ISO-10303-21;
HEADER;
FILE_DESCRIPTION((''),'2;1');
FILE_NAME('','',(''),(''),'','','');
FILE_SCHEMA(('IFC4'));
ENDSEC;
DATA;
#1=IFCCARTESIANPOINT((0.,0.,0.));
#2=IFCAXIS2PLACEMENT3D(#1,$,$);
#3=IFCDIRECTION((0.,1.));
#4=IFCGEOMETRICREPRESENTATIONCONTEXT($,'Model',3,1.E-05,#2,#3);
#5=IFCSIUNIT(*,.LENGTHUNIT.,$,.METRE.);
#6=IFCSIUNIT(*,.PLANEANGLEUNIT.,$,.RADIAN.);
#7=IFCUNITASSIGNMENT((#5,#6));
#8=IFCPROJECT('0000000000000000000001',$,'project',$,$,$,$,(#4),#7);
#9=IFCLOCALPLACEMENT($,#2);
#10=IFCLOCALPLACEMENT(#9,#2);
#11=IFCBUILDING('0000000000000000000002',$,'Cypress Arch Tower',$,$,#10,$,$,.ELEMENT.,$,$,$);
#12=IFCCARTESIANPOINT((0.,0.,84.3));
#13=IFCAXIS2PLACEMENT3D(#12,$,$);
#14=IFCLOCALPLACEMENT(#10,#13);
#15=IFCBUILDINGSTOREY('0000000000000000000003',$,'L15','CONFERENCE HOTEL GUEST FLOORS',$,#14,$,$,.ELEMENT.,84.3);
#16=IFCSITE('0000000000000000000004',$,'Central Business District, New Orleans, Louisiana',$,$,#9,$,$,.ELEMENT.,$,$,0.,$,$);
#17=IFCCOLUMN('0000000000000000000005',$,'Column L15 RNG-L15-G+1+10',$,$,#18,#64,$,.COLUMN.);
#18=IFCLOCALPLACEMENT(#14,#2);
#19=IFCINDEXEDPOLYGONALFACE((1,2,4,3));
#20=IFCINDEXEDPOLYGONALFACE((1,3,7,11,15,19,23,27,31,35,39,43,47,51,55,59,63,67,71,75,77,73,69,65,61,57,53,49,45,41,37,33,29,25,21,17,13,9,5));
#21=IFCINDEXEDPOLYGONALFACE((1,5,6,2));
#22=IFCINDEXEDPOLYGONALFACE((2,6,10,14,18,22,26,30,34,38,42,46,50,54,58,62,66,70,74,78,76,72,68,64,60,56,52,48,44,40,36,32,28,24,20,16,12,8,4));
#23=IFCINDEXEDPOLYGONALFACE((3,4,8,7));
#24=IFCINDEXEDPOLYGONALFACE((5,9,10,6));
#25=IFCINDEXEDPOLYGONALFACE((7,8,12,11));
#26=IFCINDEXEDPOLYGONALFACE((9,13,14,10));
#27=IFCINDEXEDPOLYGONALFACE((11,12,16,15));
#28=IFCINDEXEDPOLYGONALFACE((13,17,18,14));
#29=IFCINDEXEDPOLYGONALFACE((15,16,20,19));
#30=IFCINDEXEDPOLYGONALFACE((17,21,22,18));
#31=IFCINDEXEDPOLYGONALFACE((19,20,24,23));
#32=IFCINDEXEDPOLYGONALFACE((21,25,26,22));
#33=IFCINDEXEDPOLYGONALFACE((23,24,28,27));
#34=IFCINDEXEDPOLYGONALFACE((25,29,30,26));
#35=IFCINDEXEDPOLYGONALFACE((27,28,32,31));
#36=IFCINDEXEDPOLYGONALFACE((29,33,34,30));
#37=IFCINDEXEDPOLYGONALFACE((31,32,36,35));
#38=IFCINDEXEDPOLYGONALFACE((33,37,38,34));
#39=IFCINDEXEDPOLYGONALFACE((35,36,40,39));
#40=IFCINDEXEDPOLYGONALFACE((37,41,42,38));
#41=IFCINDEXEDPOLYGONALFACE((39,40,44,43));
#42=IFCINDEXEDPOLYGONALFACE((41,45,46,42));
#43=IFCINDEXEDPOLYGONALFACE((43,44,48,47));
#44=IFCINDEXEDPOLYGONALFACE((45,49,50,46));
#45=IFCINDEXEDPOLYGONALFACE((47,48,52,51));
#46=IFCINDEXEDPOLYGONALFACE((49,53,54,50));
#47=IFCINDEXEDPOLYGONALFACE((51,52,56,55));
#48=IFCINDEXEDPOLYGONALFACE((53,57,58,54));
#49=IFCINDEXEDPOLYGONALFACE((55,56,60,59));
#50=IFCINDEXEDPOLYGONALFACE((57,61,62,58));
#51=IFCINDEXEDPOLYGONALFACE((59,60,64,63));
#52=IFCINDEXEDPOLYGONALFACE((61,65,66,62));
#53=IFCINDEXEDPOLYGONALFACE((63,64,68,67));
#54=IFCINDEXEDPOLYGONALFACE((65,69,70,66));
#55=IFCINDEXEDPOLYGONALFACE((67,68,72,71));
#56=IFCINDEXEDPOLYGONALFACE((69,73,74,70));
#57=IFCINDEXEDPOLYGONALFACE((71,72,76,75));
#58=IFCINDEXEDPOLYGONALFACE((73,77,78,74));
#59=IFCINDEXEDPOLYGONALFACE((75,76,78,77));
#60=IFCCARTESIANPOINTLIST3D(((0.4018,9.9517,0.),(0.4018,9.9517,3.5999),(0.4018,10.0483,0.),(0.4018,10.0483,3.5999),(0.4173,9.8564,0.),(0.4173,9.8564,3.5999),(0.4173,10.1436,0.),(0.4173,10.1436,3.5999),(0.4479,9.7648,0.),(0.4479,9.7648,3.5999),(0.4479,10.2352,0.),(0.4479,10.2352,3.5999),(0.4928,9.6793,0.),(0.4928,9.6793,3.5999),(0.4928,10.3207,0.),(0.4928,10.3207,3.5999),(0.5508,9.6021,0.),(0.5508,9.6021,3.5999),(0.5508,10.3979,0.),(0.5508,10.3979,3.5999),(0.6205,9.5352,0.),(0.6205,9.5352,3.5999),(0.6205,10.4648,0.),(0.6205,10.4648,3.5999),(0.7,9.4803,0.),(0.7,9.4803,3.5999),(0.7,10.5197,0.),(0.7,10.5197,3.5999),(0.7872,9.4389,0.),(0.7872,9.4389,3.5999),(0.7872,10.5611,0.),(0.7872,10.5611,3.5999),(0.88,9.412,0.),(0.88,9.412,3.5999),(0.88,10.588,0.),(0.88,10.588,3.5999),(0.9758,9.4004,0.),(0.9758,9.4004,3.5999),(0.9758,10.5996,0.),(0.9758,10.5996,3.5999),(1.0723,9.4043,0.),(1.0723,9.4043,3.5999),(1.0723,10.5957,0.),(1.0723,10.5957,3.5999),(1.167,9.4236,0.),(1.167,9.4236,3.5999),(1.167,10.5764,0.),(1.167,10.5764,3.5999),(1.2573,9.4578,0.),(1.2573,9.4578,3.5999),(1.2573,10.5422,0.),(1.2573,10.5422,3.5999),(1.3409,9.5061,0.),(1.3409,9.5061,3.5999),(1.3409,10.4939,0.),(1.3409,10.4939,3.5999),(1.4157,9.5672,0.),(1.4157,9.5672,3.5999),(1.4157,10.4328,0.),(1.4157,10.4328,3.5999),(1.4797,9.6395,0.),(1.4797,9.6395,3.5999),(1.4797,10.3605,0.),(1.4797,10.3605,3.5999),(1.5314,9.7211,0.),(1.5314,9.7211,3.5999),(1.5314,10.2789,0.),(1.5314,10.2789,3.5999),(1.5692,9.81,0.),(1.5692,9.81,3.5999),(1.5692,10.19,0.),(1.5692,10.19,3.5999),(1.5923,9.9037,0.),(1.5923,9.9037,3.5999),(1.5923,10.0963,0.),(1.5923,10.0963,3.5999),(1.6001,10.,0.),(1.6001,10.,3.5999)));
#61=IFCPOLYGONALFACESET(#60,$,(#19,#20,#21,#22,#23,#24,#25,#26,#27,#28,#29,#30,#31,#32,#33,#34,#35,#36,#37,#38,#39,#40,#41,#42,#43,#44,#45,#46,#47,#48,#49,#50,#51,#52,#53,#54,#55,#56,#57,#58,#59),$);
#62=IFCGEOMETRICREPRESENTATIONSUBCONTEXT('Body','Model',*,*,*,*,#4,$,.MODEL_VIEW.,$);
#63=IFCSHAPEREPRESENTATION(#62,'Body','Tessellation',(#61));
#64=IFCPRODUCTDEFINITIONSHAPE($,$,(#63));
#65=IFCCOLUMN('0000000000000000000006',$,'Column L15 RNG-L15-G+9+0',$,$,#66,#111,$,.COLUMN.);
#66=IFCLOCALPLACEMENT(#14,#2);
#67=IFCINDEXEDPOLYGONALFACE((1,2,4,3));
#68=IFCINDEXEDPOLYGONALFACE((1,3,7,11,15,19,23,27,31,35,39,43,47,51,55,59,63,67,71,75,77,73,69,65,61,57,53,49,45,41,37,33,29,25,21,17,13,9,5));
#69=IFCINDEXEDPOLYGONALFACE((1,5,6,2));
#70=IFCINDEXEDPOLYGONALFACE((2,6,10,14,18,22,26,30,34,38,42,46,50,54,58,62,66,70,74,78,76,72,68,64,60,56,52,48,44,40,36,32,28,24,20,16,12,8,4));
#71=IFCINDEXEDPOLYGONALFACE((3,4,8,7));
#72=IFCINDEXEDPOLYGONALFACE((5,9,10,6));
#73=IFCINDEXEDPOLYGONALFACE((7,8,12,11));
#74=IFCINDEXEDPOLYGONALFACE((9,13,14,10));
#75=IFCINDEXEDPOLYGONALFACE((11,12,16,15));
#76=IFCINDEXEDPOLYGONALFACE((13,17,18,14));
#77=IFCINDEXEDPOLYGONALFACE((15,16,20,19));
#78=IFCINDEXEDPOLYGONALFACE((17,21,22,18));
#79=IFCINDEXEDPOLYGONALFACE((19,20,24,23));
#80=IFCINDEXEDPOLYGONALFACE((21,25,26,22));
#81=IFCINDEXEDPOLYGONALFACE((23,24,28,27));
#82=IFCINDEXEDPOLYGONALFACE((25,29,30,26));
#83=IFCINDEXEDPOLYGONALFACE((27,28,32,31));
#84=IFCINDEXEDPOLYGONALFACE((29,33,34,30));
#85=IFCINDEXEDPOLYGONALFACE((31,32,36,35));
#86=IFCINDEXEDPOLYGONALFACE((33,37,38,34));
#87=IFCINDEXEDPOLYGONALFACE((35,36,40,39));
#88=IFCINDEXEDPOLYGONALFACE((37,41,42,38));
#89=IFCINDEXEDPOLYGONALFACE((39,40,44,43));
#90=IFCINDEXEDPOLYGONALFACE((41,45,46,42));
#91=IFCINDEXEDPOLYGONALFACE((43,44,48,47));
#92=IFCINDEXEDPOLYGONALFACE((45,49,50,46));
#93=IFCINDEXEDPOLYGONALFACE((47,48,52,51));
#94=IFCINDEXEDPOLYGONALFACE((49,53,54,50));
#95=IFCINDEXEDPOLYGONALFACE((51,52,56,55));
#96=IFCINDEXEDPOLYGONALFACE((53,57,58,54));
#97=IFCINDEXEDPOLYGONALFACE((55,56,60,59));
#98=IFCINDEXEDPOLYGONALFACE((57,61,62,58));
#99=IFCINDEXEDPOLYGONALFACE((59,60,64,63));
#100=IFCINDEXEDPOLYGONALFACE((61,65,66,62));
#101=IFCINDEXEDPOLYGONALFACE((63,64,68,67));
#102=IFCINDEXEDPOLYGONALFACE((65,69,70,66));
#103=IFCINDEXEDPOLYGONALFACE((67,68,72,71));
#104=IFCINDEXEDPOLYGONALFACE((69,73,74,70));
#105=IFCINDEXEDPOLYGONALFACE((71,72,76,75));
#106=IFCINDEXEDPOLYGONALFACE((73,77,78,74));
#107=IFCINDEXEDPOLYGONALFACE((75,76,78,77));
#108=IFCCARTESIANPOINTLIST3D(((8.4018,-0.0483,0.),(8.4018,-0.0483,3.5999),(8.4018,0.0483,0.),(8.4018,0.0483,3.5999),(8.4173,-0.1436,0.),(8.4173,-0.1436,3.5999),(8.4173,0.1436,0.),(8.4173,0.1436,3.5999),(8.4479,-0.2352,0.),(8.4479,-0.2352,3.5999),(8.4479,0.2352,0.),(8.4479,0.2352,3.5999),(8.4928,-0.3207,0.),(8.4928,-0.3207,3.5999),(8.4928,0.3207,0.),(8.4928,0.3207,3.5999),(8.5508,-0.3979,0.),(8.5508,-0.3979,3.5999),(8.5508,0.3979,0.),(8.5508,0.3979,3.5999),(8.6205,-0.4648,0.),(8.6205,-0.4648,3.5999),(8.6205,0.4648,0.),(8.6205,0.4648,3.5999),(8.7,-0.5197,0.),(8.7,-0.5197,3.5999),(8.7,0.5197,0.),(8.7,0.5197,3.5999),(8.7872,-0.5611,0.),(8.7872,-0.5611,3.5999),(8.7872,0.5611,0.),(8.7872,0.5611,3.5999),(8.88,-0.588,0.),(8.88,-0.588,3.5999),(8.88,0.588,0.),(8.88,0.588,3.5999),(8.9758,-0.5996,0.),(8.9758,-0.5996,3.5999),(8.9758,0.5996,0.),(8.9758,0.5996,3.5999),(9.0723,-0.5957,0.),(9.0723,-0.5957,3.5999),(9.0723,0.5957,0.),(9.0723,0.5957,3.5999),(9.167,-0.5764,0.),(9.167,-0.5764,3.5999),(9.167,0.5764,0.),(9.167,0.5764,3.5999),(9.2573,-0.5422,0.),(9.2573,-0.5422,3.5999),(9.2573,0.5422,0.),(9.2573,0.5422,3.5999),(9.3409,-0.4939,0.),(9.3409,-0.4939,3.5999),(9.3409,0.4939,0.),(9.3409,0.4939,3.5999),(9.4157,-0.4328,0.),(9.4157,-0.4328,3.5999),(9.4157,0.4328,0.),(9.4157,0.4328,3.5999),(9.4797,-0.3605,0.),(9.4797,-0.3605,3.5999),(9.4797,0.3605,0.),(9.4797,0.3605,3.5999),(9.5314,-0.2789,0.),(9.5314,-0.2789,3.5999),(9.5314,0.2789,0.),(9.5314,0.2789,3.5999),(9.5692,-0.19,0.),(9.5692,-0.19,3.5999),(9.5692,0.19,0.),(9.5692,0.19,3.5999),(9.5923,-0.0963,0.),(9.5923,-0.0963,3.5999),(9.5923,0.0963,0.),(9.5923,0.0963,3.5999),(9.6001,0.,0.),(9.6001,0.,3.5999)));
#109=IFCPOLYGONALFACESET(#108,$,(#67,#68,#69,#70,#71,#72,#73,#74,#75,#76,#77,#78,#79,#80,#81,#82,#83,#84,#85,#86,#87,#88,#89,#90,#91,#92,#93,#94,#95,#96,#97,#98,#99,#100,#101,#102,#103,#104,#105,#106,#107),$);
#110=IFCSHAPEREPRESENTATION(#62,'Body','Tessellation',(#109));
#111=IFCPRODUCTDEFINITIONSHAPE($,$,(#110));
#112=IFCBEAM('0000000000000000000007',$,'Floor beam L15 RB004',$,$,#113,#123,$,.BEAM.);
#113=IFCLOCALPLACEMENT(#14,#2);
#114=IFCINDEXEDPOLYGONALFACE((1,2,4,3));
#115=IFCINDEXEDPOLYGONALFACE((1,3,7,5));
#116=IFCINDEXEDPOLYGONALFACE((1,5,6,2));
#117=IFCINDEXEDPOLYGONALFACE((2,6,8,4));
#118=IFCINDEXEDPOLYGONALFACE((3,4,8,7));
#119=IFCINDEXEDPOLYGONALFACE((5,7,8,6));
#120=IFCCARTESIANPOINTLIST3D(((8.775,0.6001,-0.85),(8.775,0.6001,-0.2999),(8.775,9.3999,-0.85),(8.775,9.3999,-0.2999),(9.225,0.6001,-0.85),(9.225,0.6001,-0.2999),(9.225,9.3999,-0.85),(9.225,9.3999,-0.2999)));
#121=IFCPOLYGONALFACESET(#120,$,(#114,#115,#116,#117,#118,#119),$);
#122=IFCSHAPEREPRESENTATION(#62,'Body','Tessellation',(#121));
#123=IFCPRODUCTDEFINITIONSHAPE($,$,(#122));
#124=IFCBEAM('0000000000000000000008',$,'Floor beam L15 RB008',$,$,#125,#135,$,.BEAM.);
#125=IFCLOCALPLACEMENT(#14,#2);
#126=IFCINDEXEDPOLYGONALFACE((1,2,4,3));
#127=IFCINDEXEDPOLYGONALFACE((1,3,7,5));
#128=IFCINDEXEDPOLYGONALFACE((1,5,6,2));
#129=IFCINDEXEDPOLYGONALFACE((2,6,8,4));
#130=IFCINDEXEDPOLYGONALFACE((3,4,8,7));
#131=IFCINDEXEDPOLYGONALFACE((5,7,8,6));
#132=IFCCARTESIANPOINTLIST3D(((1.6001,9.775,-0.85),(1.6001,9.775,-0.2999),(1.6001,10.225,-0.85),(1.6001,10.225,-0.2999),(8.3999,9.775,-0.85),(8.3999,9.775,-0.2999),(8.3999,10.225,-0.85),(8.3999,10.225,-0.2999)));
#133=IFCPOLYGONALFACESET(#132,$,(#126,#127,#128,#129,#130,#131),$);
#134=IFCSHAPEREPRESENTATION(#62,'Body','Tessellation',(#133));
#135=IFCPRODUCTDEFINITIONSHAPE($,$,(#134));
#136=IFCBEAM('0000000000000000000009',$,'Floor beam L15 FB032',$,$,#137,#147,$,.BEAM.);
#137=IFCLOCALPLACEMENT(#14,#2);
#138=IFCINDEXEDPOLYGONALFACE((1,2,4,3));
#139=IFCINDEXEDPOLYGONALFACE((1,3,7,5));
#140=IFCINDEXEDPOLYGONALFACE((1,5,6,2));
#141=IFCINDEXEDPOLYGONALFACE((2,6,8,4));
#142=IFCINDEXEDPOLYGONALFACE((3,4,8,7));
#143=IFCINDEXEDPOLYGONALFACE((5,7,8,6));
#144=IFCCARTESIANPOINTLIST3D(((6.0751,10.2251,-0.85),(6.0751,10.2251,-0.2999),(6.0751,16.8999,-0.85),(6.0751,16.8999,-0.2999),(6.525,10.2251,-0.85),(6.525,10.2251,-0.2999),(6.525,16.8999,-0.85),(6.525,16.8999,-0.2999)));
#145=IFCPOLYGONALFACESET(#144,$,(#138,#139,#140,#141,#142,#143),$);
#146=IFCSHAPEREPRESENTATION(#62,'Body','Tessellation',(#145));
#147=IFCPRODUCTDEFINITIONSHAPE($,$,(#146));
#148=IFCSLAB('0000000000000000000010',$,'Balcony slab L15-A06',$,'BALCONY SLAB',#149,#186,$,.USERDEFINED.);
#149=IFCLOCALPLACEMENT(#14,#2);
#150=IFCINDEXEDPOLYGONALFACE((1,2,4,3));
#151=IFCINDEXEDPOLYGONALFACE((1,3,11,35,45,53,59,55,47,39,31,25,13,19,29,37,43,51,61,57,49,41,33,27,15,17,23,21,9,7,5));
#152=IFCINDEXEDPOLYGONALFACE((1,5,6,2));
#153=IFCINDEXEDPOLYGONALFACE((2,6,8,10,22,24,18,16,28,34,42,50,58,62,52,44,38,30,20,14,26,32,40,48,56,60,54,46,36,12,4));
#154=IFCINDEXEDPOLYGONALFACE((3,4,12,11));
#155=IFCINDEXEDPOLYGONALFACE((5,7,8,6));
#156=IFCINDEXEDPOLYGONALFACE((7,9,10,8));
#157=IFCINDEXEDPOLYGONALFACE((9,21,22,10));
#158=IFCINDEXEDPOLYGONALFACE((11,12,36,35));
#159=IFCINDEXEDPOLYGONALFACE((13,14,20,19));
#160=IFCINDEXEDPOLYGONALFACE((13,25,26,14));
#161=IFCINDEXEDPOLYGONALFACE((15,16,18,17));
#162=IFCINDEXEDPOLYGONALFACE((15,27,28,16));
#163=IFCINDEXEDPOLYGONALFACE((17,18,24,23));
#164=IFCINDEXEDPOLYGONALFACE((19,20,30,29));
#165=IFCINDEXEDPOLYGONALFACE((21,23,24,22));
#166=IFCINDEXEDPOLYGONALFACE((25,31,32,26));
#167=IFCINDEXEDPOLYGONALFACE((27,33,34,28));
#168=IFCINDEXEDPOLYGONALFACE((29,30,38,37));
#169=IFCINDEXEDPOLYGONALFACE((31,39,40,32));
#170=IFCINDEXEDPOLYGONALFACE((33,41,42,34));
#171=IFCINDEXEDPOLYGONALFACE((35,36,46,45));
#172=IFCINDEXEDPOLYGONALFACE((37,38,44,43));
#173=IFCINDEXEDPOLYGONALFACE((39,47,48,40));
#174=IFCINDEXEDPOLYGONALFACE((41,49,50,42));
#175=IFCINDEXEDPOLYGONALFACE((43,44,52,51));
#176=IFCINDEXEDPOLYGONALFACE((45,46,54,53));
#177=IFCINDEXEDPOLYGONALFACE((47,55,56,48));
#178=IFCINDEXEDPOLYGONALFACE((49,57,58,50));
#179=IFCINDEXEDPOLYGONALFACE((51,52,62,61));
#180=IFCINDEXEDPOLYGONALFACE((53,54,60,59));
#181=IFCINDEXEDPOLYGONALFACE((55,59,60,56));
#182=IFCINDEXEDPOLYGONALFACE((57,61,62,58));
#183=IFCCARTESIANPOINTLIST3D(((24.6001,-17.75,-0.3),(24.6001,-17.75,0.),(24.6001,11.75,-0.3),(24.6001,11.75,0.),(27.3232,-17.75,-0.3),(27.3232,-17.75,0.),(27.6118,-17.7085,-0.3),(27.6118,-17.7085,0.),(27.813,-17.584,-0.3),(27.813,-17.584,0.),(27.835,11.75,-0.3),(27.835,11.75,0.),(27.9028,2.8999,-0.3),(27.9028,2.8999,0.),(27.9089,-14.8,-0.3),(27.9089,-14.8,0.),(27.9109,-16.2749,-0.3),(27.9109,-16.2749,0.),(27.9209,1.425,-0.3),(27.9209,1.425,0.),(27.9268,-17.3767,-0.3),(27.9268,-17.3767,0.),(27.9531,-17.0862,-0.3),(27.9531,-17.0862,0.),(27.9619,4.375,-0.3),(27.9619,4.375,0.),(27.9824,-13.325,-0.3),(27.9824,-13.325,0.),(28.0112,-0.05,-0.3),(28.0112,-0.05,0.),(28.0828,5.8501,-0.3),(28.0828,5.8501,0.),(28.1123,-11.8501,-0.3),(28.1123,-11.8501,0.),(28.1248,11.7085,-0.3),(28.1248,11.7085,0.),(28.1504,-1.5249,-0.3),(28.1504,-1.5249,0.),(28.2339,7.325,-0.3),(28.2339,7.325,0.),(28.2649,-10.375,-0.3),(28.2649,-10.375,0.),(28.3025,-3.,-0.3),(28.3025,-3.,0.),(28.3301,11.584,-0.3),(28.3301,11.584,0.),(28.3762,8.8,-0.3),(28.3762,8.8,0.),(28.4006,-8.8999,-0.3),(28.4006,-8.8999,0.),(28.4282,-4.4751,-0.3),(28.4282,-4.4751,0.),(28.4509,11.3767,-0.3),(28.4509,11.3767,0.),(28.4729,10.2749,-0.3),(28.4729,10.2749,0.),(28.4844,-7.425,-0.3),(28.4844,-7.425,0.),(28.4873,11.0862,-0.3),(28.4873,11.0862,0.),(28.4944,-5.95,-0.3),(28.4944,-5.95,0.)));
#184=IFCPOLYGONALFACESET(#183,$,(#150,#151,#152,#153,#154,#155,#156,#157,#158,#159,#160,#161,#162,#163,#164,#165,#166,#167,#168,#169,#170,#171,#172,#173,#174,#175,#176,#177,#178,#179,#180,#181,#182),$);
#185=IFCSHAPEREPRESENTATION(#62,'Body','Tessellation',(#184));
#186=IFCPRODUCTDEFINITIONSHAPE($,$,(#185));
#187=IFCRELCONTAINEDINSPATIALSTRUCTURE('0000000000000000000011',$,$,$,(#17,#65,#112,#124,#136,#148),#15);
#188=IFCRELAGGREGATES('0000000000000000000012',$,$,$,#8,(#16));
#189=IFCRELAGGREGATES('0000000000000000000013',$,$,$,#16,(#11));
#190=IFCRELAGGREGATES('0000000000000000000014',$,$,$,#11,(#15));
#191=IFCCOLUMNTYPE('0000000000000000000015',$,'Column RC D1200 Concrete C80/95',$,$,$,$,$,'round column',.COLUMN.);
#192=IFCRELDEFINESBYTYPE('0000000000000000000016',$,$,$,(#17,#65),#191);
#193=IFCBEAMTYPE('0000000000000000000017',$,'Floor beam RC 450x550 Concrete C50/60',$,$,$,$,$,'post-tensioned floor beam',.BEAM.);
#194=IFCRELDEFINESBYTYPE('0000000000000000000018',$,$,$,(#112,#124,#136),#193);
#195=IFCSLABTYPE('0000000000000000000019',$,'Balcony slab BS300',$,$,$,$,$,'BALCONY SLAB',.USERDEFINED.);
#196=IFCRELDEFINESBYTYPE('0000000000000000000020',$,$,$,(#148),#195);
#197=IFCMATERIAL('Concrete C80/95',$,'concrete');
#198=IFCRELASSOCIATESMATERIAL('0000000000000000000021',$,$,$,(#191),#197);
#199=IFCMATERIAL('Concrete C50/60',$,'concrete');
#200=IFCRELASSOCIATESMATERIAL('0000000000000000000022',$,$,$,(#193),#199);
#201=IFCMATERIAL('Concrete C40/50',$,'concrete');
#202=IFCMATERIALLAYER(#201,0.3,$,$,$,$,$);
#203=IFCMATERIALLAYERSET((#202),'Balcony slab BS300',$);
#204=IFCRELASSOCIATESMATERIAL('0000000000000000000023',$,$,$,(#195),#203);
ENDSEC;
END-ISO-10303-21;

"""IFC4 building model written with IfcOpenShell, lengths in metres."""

from ifc_helpers import new_model, si_unit, direction, frame, origin, origin_2d, place, context, subcontext, project, spatial, polyline, rectangle, circle, outline, extrude, material, layer, layer_set, material_profile, profile_set, type_object, element, save


model = new_model("IFC4")

# Units and contexts
model_context = context("Model", 3, precision=1e-05, world=origin(), true_north=direction((0.0, 1.0)))
body_context = subcontext(model_context, "Body", "Model", "MODEL_VIEW")
ifc_project = project(units=[si_unit("LENGTHUNIT", "METRE"), si_unit("PLANEANGLEUNIT", "RADIAN")], contexts=[model_context])

# Site, building, storey
site_placement = place(None, origin())
site = spatial("IfcSite", under=ifc_project, at=site_placement, Name="Central Business District, New Orleans, Louisiana", CompositionType="ELEMENT", RefElevation=0.0)
building_placement = place(site_placement, origin())
building = spatial("IfcBuilding", under=site, at=building_placement, Name="Cypress Arch Tower", CompositionType="ELEMENT")
storey_placement = place(building_placement, frame((0.0, 0.0, 84.3)))
storey = spatial("IfcBuildingStorey", under=building, at=storey_placement, Name="L15", Description="CONFERENCE HOTEL GUEST FLOORS", CompositionType="ELEMENT", Elevation=84.3)

# Columns
ifc_material_1 = material(Name="Concrete C80/95", Category="concrete")
ifc_material_profile_1 = material_profile(ifc_material_1, circle(Radius=0.6001, at=origin_2d()), Name="RC D1200")
ifc_profile_set_1 = profile_set([ifc_material_profile_1], Name="Concrete C80/95")
column_type = type_object("IfcColumnType", Name="Column RC D1200 Concrete C80/95", ElementType="round column", PredefinedType="COLUMN", material=ifc_profile_set_1)
for number, where, z_axis, x_axis, name in (
    (1, (1.0, 10.0, 0.0), (0.0, 0.0, 1.0), (1.0, 0.0, 0.0), "Column L15 RNG-L15-G+1+10"),
    (2, (9.0, 0.0, 0.0), (0.0, 0.0, 1.0), (1.0, 0.0, 0.0), "Column L15 RNG-L15-G+9+0"),
):
    element("IfcColumn", number, at=place(storey_placement, frame(where, z_axis=z_axis, x_axis=x_axis)), inside=storey, type_object=column_type, Name=name, PredefinedType="COLUMN", context=body_context, shape_type="SweptSolid", body=[
        extrude(circle(Radius=0.6001, at=origin_2d()), origin(), (0.0, 0.0, 1.0), 3.5999),
    ])

# Beams
ifc_material_2 = material(Name="Concrete C50/60", Category="concrete")
ifc_material_profile_2 = material_profile(ifc_material_2, rectangle(XDim=0.45, YDim=0.55, at=origin_2d()), Name="RC 450x550")
ifc_profile_set_2 = profile_set([ifc_material_profile_2], Name="Concrete C50/60")
beam_type = type_object("IfcBeamType", Name="Floor beam RC 450x550 Concrete C50/60", ElementType="post-tensioned floor beam", PredefinedType="BEAM", material=ifc_profile_set_2)
beam_1_placement = place(storey_placement, frame((9.0, 0.6001, -0.575), z_axis=(0.0, 1.0, 0.0), x_axis=(-1.0, 0.0, 0.0)))
element("IfcBeam", 3, at=beam_1_placement, inside=storey, type_object=beam_type, Name="Floor beam L15 RB004", PredefinedType="BEAM", context=body_context, shape_type="SweptSolid", body=[
    extrude(rectangle(XDim=0.45, YDim=0.55, at=origin_2d()), origin(), (0.0, 0.0, 1.0), 8.7998),
])
beam_2_placement = place(storey_placement, frame((1.6001, 10.0, -0.575), z_axis=(1.0, 0.0, 0.0), x_axis=(0.0, 1.0, 0.0)))
element("IfcBeam", 4, at=beam_2_placement, inside=storey, type_object=beam_type, Name="Floor beam L15 RB008", PredefinedType="BEAM", context=body_context, shape_type="SweptSolid", body=[
    extrude(rectangle(XDim=0.45, YDim=0.55, at=origin_2d()), origin(), (0.0, 0.0, 1.0), 6.7998),
])
beam_3_placement = place(storey_placement, frame((6.3, 10.2251, -0.575), z_axis=(0.0, 1.0, 0.0), x_axis=(-1.0, 0.0, 0.0)))
element("IfcBeam", 5, at=beam_3_placement, inside=storey, type_object=beam_type, Name="Floor beam L15 FB032", PredefinedType="BEAM", context=body_context, shape_type="SweptSolid", body=[
    extrude(rectangle(XDim=0.45, YDim=0.55, at=origin_2d()), origin(), (0.0, 0.0, 1.0), 6.6748),
])

# Slab
ifc_material_3 = material(Name="Concrete C40/50", Category="concrete")
ifc_layer_1 = layer(ifc_material_3, 0.3)
ifc_layer_set_1 = layer_set([ifc_layer_1], Name="Balcony slab BS300")
slab_type_1 = type_object("IfcSlabType", Name="Balcony slab BS300", ElementType="BALCONY SLAB", PredefinedType="USERDEFINED", material=ifc_layer_set_1)
slab_1_placement = place(storey_placement, frame((0.0, 0.0, -0.3)))
element("IfcSlab", 6, at=slab_1_placement, inside=storey, type_object=slab_type_1, Name="Balcony slab L15-A06", ObjectType="BALCONY SLAB", PredefinedType="USERDEFINED", context=body_context, shape_type="SweptSolid", body=[
    extrude(outline(polyline([(24.6001, -17.75), (27.3232, -17.75), (27.6118, -17.7085), (27.813, -17.584), (27.9268, -17.3767), (27.9531, -17.0862), (27.9109, -16.2749), (27.9089, -14.8), (27.9824, -13.325), (28.1123, -11.8501), (28.2649, -10.375), (28.4006, -8.8999), (28.4844, -7.425), (28.4944, -5.95), (28.4282, -4.4751), (28.3025, -3.0), (28.1504, -1.5249), (28.0112, -0.05), (27.9209, 1.425), (27.9028, 2.8999), (27.9619, 4.375), (28.0828, 5.8501), (28.2339, 7.325), (28.3762, 8.8), (28.4729, 10.2749), (28.4873, 11.0862), (28.4509, 11.3767), (28.3301, 11.584), (28.1248, 11.7085), (27.835, 11.75), (24.6001, 11.75), (24.6001, -17.75)])), origin(), (0.0, 0.0, 1.0), 0.3),
])

save(model, "model.ifc")
